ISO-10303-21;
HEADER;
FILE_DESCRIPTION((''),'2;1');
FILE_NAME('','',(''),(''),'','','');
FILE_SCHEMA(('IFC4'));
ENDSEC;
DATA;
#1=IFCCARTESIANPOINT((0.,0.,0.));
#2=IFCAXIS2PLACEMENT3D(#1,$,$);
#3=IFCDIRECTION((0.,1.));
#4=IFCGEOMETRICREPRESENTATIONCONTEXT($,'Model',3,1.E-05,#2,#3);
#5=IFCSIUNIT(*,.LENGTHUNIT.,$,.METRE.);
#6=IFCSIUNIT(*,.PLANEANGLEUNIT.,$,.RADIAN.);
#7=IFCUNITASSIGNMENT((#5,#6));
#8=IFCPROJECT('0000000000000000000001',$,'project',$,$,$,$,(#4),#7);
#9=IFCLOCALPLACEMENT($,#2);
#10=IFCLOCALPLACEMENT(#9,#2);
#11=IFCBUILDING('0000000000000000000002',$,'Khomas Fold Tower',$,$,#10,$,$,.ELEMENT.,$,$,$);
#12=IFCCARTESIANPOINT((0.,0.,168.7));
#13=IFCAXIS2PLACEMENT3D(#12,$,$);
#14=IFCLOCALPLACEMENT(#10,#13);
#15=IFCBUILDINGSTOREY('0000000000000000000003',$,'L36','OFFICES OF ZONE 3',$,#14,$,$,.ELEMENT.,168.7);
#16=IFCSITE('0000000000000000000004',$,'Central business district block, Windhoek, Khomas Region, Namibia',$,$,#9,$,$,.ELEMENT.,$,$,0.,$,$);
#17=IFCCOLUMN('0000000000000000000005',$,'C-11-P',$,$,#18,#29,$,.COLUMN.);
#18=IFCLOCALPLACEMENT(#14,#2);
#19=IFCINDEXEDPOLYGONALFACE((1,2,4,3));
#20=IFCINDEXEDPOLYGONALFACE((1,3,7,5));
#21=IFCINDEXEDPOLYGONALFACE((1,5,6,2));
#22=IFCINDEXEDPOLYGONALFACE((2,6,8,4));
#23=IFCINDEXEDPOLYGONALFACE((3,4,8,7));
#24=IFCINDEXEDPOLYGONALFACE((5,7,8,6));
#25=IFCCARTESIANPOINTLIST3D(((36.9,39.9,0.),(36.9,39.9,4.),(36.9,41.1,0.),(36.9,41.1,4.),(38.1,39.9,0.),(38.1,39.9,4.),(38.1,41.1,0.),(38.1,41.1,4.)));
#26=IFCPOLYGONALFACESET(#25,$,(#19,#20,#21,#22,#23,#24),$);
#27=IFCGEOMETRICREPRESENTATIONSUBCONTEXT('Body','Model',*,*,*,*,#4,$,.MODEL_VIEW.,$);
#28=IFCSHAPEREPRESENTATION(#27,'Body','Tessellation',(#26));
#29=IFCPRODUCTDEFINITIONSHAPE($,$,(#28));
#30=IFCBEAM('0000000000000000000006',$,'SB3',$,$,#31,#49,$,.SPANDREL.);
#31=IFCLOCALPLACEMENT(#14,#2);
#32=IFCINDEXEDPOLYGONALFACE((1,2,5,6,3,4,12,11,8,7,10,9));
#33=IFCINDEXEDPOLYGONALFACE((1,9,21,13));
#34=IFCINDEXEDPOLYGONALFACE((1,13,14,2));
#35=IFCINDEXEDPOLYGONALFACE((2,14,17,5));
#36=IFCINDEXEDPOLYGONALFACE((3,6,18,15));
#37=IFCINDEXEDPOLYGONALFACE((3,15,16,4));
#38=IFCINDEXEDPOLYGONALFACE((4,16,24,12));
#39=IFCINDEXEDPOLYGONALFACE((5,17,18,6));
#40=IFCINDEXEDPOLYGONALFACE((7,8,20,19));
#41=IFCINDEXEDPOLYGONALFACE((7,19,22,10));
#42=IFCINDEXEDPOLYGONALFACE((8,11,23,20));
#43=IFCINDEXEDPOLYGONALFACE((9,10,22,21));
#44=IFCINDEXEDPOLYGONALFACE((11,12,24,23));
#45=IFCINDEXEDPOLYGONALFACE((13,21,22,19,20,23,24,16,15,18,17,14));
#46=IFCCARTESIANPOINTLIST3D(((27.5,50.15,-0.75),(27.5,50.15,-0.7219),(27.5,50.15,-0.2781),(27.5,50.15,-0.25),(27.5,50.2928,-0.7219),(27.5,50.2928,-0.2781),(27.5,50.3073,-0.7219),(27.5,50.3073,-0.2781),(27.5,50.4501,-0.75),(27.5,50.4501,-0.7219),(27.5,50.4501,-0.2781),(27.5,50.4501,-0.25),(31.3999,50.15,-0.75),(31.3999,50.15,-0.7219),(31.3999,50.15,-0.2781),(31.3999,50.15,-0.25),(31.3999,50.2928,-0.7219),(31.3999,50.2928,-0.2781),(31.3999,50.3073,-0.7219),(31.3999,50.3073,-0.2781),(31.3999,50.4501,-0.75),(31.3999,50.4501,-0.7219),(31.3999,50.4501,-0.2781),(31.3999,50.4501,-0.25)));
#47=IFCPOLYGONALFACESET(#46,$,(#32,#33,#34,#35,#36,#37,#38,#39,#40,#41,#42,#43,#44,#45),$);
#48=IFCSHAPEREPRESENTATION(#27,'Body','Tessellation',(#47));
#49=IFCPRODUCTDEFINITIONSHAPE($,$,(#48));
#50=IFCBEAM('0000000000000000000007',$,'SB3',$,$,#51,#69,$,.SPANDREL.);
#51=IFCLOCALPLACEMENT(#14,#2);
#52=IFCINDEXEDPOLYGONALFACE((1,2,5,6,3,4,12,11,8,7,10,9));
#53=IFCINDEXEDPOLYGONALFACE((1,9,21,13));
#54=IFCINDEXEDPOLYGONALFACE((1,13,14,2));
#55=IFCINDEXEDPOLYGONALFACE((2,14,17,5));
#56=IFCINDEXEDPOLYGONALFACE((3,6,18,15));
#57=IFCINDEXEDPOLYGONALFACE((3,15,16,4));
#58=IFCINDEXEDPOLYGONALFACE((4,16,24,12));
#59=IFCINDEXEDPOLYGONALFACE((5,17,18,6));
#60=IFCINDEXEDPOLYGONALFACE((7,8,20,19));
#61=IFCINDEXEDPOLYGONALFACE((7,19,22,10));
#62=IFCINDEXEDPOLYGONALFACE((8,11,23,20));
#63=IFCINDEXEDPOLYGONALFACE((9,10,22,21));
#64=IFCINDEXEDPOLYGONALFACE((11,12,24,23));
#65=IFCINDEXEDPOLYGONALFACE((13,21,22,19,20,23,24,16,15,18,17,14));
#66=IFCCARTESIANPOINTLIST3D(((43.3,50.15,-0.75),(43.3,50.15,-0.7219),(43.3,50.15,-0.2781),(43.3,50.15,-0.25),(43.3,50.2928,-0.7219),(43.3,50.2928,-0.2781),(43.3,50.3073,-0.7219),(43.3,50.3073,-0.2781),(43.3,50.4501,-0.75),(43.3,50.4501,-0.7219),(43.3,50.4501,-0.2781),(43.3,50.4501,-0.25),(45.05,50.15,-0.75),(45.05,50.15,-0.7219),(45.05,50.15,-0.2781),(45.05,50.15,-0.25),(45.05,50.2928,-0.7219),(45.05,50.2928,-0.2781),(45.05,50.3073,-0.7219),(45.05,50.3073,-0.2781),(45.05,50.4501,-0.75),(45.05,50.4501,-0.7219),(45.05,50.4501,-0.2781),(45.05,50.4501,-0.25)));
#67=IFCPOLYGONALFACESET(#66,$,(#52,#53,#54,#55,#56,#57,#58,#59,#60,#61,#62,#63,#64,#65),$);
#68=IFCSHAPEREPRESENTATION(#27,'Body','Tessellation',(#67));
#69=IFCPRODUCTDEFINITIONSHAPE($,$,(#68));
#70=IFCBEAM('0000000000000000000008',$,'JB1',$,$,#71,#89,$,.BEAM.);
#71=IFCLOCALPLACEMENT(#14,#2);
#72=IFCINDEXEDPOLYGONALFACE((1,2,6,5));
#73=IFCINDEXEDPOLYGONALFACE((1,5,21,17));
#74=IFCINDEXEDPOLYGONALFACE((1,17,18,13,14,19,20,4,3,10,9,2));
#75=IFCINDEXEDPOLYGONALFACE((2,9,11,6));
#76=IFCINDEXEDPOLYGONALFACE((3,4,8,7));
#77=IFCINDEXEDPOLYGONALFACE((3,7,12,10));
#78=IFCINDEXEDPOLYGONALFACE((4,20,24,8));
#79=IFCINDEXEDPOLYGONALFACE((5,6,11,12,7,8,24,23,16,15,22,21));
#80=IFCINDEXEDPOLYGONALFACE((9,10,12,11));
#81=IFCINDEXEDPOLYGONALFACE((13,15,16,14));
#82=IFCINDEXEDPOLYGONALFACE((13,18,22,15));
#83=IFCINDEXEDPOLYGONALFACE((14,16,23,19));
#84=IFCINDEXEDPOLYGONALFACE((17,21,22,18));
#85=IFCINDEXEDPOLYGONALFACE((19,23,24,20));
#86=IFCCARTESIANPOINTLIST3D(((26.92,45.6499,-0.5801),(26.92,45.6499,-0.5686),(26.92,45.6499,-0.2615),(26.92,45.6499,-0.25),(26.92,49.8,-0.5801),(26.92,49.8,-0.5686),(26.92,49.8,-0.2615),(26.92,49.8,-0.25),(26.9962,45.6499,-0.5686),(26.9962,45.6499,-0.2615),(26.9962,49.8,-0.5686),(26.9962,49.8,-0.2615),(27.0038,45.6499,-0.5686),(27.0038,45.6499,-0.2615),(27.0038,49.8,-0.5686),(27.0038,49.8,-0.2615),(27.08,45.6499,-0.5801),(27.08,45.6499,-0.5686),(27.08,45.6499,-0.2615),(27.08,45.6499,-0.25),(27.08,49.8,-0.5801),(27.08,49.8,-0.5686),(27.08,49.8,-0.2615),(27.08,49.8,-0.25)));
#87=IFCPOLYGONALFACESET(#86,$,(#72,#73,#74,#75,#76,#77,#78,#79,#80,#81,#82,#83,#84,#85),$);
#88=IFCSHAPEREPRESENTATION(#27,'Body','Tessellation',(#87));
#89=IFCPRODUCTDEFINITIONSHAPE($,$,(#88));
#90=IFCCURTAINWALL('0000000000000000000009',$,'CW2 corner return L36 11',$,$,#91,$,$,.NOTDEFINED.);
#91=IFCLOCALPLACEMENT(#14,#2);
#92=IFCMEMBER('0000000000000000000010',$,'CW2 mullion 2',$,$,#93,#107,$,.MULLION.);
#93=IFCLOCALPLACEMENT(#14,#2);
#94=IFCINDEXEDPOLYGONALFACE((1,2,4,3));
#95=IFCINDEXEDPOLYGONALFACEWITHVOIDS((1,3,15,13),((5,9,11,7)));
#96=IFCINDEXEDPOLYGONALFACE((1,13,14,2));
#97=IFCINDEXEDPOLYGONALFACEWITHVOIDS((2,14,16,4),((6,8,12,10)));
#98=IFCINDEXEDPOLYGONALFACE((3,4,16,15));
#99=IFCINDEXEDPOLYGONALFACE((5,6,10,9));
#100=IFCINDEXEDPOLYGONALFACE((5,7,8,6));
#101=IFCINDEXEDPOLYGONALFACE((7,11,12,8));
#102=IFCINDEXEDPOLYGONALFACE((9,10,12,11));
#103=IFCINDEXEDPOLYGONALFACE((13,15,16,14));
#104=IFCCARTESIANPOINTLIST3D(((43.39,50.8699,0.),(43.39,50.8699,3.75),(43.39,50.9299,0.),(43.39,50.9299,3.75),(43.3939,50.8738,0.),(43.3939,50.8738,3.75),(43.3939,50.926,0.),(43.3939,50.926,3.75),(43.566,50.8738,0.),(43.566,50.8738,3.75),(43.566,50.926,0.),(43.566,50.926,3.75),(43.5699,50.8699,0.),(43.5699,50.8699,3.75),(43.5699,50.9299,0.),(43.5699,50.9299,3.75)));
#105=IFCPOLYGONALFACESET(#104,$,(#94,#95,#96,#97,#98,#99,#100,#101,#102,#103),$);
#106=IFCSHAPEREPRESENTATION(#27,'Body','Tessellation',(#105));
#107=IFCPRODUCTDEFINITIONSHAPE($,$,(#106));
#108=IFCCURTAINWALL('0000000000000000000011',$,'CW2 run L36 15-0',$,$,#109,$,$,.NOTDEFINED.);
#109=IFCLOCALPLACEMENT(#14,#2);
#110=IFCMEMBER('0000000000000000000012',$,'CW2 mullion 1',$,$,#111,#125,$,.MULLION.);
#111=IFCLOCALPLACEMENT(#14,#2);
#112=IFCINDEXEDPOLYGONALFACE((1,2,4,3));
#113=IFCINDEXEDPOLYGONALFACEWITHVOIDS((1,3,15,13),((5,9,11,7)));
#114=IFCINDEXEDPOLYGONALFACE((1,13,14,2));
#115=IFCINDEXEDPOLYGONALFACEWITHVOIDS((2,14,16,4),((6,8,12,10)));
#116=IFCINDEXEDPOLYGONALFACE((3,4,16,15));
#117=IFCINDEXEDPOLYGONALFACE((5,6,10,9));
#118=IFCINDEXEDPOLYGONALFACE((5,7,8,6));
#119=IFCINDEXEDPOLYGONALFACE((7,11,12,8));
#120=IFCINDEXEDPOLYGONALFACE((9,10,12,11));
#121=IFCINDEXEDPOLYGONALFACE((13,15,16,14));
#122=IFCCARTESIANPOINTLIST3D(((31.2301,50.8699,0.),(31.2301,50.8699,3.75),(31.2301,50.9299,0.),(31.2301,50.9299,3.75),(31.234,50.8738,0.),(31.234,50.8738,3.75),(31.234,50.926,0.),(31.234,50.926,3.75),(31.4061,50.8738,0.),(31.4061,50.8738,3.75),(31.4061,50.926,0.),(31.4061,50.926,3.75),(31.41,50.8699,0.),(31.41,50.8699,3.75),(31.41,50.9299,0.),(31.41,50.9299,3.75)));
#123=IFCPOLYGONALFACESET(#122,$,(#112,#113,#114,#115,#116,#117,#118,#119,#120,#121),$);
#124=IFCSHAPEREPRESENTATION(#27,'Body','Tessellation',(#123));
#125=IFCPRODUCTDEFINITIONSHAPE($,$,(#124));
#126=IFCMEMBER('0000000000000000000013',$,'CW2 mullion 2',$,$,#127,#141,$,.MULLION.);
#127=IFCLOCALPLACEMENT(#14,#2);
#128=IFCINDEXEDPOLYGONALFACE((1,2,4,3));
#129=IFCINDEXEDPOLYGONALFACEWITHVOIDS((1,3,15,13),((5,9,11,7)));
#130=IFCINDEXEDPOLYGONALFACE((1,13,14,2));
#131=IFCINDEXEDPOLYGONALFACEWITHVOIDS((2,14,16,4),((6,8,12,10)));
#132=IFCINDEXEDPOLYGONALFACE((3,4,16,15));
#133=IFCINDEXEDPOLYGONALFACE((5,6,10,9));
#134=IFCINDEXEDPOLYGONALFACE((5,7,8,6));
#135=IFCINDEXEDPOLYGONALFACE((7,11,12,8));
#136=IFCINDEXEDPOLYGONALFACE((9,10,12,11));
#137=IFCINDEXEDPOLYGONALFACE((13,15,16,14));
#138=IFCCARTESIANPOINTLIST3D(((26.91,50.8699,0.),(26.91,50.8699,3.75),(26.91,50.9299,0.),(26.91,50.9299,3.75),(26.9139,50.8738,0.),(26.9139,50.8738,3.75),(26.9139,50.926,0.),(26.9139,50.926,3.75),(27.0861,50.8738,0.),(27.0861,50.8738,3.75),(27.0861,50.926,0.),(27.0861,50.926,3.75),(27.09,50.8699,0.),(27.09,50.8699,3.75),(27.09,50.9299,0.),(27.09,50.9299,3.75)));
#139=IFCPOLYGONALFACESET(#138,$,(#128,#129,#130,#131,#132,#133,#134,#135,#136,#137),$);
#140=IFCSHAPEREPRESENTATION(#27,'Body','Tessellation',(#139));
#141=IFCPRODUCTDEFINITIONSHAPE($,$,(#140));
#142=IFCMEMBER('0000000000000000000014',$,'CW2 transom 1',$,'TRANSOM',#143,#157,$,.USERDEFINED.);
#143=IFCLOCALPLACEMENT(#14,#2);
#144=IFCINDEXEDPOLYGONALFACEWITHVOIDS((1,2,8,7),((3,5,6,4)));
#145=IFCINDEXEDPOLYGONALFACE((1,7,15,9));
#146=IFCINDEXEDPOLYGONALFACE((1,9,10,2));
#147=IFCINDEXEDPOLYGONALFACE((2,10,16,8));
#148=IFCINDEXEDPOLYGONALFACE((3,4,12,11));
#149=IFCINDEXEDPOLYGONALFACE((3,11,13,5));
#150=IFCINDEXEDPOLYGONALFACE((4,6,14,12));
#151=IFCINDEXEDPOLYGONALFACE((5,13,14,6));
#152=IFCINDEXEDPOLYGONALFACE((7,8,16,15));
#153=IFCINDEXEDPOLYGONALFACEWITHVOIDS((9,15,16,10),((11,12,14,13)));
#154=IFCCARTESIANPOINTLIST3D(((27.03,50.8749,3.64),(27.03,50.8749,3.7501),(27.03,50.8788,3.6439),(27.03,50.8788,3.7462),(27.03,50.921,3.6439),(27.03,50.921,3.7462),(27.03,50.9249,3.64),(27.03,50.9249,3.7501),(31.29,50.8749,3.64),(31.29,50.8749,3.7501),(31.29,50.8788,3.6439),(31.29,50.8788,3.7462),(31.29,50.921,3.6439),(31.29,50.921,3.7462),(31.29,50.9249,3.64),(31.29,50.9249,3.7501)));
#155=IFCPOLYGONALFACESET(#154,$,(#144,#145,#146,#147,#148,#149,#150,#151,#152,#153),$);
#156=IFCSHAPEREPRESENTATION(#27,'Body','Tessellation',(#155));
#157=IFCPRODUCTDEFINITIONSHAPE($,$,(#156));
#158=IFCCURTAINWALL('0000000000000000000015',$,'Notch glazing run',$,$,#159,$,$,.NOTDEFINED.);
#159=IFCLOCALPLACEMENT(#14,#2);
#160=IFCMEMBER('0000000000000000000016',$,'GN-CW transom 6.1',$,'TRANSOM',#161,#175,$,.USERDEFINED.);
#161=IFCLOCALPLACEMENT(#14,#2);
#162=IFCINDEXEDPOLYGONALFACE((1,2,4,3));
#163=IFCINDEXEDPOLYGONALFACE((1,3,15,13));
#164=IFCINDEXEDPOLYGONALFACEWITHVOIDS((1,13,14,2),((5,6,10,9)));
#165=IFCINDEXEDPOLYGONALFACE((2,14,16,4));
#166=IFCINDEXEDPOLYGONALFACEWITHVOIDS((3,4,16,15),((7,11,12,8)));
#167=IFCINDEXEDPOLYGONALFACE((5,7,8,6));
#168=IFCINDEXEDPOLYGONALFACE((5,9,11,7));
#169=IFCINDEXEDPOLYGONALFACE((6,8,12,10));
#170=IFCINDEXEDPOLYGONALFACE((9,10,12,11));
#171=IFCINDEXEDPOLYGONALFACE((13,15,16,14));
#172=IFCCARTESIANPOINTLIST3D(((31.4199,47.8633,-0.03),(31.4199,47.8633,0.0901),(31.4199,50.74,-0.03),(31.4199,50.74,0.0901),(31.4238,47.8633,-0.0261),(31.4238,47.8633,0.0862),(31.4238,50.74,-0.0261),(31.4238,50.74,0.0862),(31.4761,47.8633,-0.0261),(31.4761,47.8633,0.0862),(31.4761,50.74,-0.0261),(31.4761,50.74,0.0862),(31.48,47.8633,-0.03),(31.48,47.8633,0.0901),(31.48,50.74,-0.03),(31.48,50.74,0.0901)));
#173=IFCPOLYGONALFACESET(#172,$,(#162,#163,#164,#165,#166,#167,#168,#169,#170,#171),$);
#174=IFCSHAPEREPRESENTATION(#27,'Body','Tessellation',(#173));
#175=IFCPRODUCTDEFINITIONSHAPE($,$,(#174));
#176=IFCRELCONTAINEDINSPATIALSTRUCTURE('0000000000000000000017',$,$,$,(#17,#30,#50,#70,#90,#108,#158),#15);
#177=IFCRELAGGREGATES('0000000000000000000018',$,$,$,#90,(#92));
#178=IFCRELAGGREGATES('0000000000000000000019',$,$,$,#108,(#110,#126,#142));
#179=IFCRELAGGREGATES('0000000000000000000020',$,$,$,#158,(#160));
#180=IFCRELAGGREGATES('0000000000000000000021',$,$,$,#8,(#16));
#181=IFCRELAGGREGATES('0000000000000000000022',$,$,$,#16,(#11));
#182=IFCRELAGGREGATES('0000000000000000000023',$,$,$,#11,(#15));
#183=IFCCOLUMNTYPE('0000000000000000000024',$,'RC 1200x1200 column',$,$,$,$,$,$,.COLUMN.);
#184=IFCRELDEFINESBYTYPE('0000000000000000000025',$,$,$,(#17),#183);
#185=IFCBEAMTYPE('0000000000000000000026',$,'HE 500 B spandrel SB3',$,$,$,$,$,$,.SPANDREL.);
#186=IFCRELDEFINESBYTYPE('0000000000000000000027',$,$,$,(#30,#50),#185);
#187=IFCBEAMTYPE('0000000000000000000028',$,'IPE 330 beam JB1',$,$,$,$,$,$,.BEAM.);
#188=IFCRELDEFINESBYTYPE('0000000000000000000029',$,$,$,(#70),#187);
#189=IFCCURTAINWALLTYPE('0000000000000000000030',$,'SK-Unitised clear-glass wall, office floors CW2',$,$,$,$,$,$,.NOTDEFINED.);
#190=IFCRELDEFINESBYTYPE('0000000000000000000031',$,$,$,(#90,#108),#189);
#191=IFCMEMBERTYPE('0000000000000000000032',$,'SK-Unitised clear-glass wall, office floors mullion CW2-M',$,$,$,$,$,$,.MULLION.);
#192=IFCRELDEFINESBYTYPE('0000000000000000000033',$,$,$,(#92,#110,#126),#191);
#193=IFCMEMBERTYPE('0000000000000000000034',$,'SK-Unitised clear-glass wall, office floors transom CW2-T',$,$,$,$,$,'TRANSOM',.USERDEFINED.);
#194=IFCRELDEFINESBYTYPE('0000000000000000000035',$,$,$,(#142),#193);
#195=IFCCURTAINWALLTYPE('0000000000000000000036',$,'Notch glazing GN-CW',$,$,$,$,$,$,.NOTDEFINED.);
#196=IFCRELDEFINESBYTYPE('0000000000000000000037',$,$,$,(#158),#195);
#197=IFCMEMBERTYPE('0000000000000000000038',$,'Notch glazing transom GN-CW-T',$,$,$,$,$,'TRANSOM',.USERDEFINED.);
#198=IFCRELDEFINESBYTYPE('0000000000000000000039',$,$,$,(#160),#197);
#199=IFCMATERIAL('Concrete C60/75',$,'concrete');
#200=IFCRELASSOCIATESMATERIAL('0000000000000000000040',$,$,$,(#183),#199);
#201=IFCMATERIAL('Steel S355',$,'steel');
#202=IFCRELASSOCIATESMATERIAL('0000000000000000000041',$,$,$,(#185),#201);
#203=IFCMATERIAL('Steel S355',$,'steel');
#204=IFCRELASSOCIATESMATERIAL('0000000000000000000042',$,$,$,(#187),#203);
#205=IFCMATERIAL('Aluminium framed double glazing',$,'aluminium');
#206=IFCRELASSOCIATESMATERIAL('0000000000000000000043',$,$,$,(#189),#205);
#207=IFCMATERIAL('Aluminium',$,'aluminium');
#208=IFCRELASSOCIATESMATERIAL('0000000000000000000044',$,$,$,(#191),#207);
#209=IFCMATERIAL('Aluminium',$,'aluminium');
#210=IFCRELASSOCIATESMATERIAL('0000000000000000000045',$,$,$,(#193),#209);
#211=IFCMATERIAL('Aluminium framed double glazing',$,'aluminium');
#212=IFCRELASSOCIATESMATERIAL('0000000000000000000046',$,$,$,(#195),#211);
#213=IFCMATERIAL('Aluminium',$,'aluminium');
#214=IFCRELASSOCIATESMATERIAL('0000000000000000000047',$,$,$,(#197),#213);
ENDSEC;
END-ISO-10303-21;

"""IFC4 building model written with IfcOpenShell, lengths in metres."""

from ifc_helpers import new_model, si_unit, direction, frame, origin, origin_2d, place, context, subcontext, project, spatial, rectangle, hollow_rectangle, i_section, extrude, source, transform, mapped, material, material_profile, profile_set, type_object, element, aggregate, save


model = new_model("IFC4")

# Units and contexts
model_context = context("Model", 3, precision=1e-05, world=origin(), true_north=direction((0.0, 1.0)))
body_context = subcontext(model_context, "Body", "Model", "MODEL_VIEW")
ifc_project = project(units=[si_unit("LENGTHUNIT", "METRE"), si_unit("PLANEANGLEUNIT", "RADIAN")], contexts=[model_context])

# Site, building, storey
site_placement = place(None, origin())
site = spatial("IfcSite", under=ifc_project, at=site_placement, Name="Central business district block, Windhoek, Khomas Region, Namibia", CompositionType="ELEMENT", RefElevation=0.0)
building_placement = place(site_placement, origin())
building = spatial("IfcBuilding", under=site, at=building_placement, Name="Khomas Fold Tower", CompositionType="ELEMENT")
storey_placement = place(building_placement, frame((0.0, 0.0, 168.7)))
storey = spatial("IfcBuildingStorey", under=building, at=storey_placement, Name="L36", Description="OFFICES OF ZONE 3", CompositionType="ELEMENT", Elevation=168.7)

# Column
ifc_material_1 = material(Name="Concrete C60/75", Category="concrete")
ifc_material_profile_1 = material_profile(ifc_material_1, rectangle(XDim=1.2, YDim=1.2, at=origin_2d()), Name="RC 1200x1200")
ifc_profile_set_1 = profile_set([ifc_material_profile_1], Name="Concrete C60/75")
column_type = type_object("IfcColumnType", Name="RC 1200x1200 column", PredefinedType="COLUMN", material=ifc_profile_set_1)
shared_shape_1 = source(origin(), body_context, "Body", "SweptSolid", [
    extrude(rectangle(XDim=1.2, YDim=1.2, at=origin_2d()), origin(), (0.0, 0.0, 1.0), 4.0),
])
column_placement = place(storey_placement, frame((37.5, 40.5, 0.0), z_axis=(0.0, 0.0, 1.0), x_axis=(1.0, 0.0, 0.0)))
element("IfcColumn", 1, at=column_placement, inside=storey, type_object=column_type, Name="C-11-P", PredefinedType="COLUMN", context=body_context, shape_type="MappedRepresentation", body=[
    mapped(shared_shape_1, transform((0.0, 0.0, 0.0))),
])

# Beams
ifc_material_2 = material(Name="Steel S355", Category="steel")
ifc_material_profile_2 = material_profile(ifc_material_2, i_section(OverallWidth=0.3, OverallDepth=0.5, WebThickness=0.0144, FlangeThickness=0.0281, at=origin_2d()), Name="HE 500 B")
ifc_profile_set_2 = profile_set([ifc_material_profile_2], Name="Steel S355")
beam_type_1 = type_object("IfcBeamType", Name="HE 500 B spandrel SB3", PredefinedType="SPANDREL", material=ifc_profile_set_2)
shared_shape_2 = source(origin(), body_context, "Body", "SweptSolid", [
    extrude(i_section(OverallWidth=0.3, OverallDepth=0.5, WebThickness=0.0144, FlangeThickness=0.0281, at=origin_2d()), origin(), (0.0, 0.0, 1.0), 3.8999),
])
beam_1_placement = place(storey_placement, frame((27.5, 50.3, -0.5), z_axis=(1.0, 0.0, 0.0), x_axis=(0.0, 1.0, 0.0)))
element("IfcBeam", 2, at=beam_1_placement, inside=storey, type_object=beam_type_1, Name="SB3", PredefinedType="SPANDREL", context=body_context, shape_type="MappedRepresentation", body=[
    mapped(shared_shape_2, transform((0.0, 0.0, 0.0))),
])
shared_shape_3 = source(origin(), body_context, "Body", "SweptSolid", [
    extrude(i_section(OverallWidth=0.3, OverallDepth=0.5, WebThickness=0.0144, FlangeThickness=0.0281, at=origin_2d()), origin(), (0.0, 0.0, 1.0), 1.75),
])
beam_2_placement = place(storey_placement, frame((43.3, 50.3, -0.5), z_axis=(1.0, 0.0, 0.0), x_axis=(0.0, 1.0, 0.0)))
element("IfcBeam", 3, at=beam_2_placement, inside=storey, type_object=beam_type_1, Name="SB3", PredefinedType="SPANDREL", context=body_context, shape_type="MappedRepresentation", body=[
    mapped(shared_shape_3, transform((0.0, 0.0, 0.0))),
])
ifc_material_3 = material(Name="Steel S355", Category="steel")
ifc_material_profile_3 = material_profile(ifc_material_3, i_section(OverallWidth=0.1599, OverallDepth=0.3301, WebThickness=0.0076, FlangeThickness=0.0115, at=origin_2d()), Name="IPE 330")
ifc_profile_set_3 = profile_set([ifc_material_profile_3], Name="Steel S355")
beam_type_2 = type_object("IfcBeamType", Name="IPE 330 beam JB1", PredefinedType="BEAM", material=ifc_profile_set_3)
shared_shape_4 = source(origin(), body_context, "Body", "SweptSolid", [
    extrude(i_section(OverallWidth=0.1599, OverallDepth=0.3301, WebThickness=0.0076, FlangeThickness=0.0115, at=origin_2d()), origin(), (0.0, 0.0, 1.0), 4.1501),
])
beam_3_placement = place(storey_placement, frame((27.0, 45.6499, -0.415), z_axis=(0.0, 1.0, 0.0), x_axis=(-1.0, 0.0, 0.0)))
element("IfcBeam", 4, at=beam_3_placement, inside=storey, type_object=beam_type_2, Name="JB1", PredefinedType="BEAM", context=body_context, shape_type="MappedRepresentation", body=[
    mapped(shared_shape_4, transform((0.0, 0.0, 0.0))),
])

# Curtain wall, member
ifc_material_4 = material(Name="Aluminium framed double glazing", Category="aluminium")
curtain_wall_type_1 = type_object("IfcCurtainWallType", Name="SK-Unitised clear-glass wall, office floors CW2", PredefinedType="NOTDEFINED", material=ifc_material_4)
curtain_wall_1_placement = place(storey_placement, origin())
curtain_wall_1 = element("IfcCurtainWall", 5, at=curtain_wall_1_placement, inside=storey, type_object=curtain_wall_type_1, Name="CW2 corner return L36 11", PredefinedType="NOTDEFINED")
ifc_material_5 = material(Name="Aluminium", Category="aluminium")
ifc_material_profile_4 = material_profile(ifc_material_5, hollow_rectangle(XDim=0.0601, YDim=0.1799, WallThickness=0.0039, at=origin_2d()), Name="SK-Unitised clear-glass wall, office floors mullion CW2-M")
ifc_profile_set_4 = profile_set([ifc_material_profile_4], Name="Aluminium")
member_type_1 = type_object("IfcMemberType", Name="SK-Unitised clear-glass wall, office floors mullion CW2-M", PredefinedType="MULLION", material=ifc_profile_set_4)
shared_shape_5 = source(origin(), body_context, "Body", "SweptSolid", [
    extrude(hollow_rectangle(XDim=0.0601, YDim=0.1799, WallThickness=0.0039, at=origin_2d()), origin(), (0.0, 0.0, 1.0), 3.75),
])
member_1_placement = place(storey_placement, frame((43.48, 50.8999, 0.0), z_axis=(0.0, 0.0, 1.0), x_axis=(0.0, -1.0, 0.0)))
member_1 = element("IfcMember", 6, at=member_1_placement, type_object=member_type_1, Name="CW2 mullion 2", PredefinedType="MULLION", context=body_context, shape_type="MappedRepresentation", body=[
    mapped(shared_shape_5, transform((0.0, 0.0, 0.0))),
])
aggregate(curtain_wall_1, [member_1])

# Curtain walls, members
curtain_wall_2_placement = place(storey_placement, origin())
curtain_wall_2 = element("IfcCurtainWall", 7, at=curtain_wall_2_placement, inside=storey, type_object=curtain_wall_type_1, Name="CW2 run L36 15-0", PredefinedType="NOTDEFINED")
member_2_placement = place(storey_placement, frame((31.3201, 50.8999, 0.0), z_axis=(0.0, 0.0, 1.0), x_axis=(0.0, -1.0, 0.0)))
member_2 = element("IfcMember", 8, at=member_2_placement, type_object=member_type_1, Name="CW2 mullion 1", PredefinedType="MULLION", context=body_context, shape_type="MappedRepresentation", body=[
    mapped(shared_shape_5, transform((0.0, 0.0, 0.0))),
])
member_3_placement = place(storey_placement, frame((27.0, 50.8999, 0.0), z_axis=(0.0, 0.0, 1.0), x_axis=(0.0, -1.0, 0.0)))
member_3 = element("IfcMember", 9, at=member_3_placement, type_object=member_type_1, Name="CW2 mullion 2", PredefinedType="MULLION", context=body_context, shape_type="MappedRepresentation", body=[
    mapped(shared_shape_5, transform((0.0, 0.0, 0.0))),
])
ifc_material_6 = material(Name="Aluminium", Category="aluminium")
ifc_material_profile_5 = material_profile(ifc_material_6, hollow_rectangle(XDim=0.05, YDim=0.1101, WallThickness=0.0039, at=origin_2d()), Name="SK-Unitised clear-glass wall, office floors transom CW2-T")
ifc_profile_set_5 = profile_set([ifc_material_profile_5], Name="Aluminium")
member_type_2 = type_object("IfcMemberType", Name="SK-Unitised clear-glass wall, office floors transom CW2-T", ElementType="TRANSOM", PredefinedType="USERDEFINED", material=ifc_profile_set_5)
shared_shape_6 = source(origin(), body_context, "Body", "SweptSolid", [
    extrude(hollow_rectangle(XDim=0.05, YDim=0.1101, WallThickness=0.0039, at=origin_2d()), origin(), (0.0, 0.0, 1.0), 4.26),
])
member_4_placement = place(storey_placement, frame((31.29, 50.8999, 3.6951), z_axis=(-1.0, 0.0, 0.0), x_axis=(0.0, -1.0, 0.0)))
member_4 = element("IfcMember", 10, at=member_4_placement, type_object=member_type_2, Name="CW2 transom 1", ObjectType="TRANSOM", PredefinedType="USERDEFINED", context=body_context, shape_type="MappedRepresentation", body=[
    mapped(shared_shape_6, transform((0.0, 0.0, 0.0))),
])
ifc_material_7 = material(Name="Aluminium framed double glazing", Category="aluminium")
curtain_wall_type_2 = type_object("IfcCurtainWallType", Name="Notch glazing GN-CW", PredefinedType="NOTDEFINED", material=ifc_material_7)
curtain_wall_3_placement = place(storey_placement, origin())
curtain_wall_3 = element("IfcCurtainWall", 11, at=curtain_wall_3_placement, inside=storey, type_object=curtain_wall_type_2, Name="Notch glazing run", PredefinedType="NOTDEFINED")
ifc_material_8 = material(Name="Aluminium", Category="aluminium")
ifc_material_profile_6 = material_profile(ifc_material_8, hollow_rectangle(XDim=0.0601, YDim=0.1201, WallThickness=0.0039, at=origin_2d()), Name="Notch glazing transom GN-CW-T")
ifc_profile_set_6 = profile_set([ifc_material_profile_6], Name="Aluminium")
member_type_3 = type_object("IfcMemberType", Name="Notch glazing transom GN-CW-T", ElementType="TRANSOM", PredefinedType="USERDEFINED", material=ifc_profile_set_6)
shared_shape_7 = source(origin(), body_context, "Body", "SweptSolid", [
    extrude(hollow_rectangle(XDim=0.0601, YDim=0.1201, WallThickness=0.0039, at=origin_2d()), origin(), (0.0, 0.0, 1.0), 2.8767),
])
member_5_placement = place(storey_placement, frame((31.45, 47.8633, 0.03), z_axis=(0.0, 1.0, 0.0), x_axis=(-1.0, 0.0, 0.0)))
member_5 = element("IfcMember", 12, at=member_5_placement, type_object=member_type_3, Name="GN-CW transom 6.1", ObjectType="TRANSOM", PredefinedType="USERDEFINED", context=body_context, shape_type="MappedRepresentation", body=[
    mapped(shared_shape_7, transform((0.0, 0.0, 0.0))),
])

aggregate(curtain_wall_2, [member_2, member_3, member_4])
aggregate(curtain_wall_3, [member_5])

save(model, "model.ifc")
